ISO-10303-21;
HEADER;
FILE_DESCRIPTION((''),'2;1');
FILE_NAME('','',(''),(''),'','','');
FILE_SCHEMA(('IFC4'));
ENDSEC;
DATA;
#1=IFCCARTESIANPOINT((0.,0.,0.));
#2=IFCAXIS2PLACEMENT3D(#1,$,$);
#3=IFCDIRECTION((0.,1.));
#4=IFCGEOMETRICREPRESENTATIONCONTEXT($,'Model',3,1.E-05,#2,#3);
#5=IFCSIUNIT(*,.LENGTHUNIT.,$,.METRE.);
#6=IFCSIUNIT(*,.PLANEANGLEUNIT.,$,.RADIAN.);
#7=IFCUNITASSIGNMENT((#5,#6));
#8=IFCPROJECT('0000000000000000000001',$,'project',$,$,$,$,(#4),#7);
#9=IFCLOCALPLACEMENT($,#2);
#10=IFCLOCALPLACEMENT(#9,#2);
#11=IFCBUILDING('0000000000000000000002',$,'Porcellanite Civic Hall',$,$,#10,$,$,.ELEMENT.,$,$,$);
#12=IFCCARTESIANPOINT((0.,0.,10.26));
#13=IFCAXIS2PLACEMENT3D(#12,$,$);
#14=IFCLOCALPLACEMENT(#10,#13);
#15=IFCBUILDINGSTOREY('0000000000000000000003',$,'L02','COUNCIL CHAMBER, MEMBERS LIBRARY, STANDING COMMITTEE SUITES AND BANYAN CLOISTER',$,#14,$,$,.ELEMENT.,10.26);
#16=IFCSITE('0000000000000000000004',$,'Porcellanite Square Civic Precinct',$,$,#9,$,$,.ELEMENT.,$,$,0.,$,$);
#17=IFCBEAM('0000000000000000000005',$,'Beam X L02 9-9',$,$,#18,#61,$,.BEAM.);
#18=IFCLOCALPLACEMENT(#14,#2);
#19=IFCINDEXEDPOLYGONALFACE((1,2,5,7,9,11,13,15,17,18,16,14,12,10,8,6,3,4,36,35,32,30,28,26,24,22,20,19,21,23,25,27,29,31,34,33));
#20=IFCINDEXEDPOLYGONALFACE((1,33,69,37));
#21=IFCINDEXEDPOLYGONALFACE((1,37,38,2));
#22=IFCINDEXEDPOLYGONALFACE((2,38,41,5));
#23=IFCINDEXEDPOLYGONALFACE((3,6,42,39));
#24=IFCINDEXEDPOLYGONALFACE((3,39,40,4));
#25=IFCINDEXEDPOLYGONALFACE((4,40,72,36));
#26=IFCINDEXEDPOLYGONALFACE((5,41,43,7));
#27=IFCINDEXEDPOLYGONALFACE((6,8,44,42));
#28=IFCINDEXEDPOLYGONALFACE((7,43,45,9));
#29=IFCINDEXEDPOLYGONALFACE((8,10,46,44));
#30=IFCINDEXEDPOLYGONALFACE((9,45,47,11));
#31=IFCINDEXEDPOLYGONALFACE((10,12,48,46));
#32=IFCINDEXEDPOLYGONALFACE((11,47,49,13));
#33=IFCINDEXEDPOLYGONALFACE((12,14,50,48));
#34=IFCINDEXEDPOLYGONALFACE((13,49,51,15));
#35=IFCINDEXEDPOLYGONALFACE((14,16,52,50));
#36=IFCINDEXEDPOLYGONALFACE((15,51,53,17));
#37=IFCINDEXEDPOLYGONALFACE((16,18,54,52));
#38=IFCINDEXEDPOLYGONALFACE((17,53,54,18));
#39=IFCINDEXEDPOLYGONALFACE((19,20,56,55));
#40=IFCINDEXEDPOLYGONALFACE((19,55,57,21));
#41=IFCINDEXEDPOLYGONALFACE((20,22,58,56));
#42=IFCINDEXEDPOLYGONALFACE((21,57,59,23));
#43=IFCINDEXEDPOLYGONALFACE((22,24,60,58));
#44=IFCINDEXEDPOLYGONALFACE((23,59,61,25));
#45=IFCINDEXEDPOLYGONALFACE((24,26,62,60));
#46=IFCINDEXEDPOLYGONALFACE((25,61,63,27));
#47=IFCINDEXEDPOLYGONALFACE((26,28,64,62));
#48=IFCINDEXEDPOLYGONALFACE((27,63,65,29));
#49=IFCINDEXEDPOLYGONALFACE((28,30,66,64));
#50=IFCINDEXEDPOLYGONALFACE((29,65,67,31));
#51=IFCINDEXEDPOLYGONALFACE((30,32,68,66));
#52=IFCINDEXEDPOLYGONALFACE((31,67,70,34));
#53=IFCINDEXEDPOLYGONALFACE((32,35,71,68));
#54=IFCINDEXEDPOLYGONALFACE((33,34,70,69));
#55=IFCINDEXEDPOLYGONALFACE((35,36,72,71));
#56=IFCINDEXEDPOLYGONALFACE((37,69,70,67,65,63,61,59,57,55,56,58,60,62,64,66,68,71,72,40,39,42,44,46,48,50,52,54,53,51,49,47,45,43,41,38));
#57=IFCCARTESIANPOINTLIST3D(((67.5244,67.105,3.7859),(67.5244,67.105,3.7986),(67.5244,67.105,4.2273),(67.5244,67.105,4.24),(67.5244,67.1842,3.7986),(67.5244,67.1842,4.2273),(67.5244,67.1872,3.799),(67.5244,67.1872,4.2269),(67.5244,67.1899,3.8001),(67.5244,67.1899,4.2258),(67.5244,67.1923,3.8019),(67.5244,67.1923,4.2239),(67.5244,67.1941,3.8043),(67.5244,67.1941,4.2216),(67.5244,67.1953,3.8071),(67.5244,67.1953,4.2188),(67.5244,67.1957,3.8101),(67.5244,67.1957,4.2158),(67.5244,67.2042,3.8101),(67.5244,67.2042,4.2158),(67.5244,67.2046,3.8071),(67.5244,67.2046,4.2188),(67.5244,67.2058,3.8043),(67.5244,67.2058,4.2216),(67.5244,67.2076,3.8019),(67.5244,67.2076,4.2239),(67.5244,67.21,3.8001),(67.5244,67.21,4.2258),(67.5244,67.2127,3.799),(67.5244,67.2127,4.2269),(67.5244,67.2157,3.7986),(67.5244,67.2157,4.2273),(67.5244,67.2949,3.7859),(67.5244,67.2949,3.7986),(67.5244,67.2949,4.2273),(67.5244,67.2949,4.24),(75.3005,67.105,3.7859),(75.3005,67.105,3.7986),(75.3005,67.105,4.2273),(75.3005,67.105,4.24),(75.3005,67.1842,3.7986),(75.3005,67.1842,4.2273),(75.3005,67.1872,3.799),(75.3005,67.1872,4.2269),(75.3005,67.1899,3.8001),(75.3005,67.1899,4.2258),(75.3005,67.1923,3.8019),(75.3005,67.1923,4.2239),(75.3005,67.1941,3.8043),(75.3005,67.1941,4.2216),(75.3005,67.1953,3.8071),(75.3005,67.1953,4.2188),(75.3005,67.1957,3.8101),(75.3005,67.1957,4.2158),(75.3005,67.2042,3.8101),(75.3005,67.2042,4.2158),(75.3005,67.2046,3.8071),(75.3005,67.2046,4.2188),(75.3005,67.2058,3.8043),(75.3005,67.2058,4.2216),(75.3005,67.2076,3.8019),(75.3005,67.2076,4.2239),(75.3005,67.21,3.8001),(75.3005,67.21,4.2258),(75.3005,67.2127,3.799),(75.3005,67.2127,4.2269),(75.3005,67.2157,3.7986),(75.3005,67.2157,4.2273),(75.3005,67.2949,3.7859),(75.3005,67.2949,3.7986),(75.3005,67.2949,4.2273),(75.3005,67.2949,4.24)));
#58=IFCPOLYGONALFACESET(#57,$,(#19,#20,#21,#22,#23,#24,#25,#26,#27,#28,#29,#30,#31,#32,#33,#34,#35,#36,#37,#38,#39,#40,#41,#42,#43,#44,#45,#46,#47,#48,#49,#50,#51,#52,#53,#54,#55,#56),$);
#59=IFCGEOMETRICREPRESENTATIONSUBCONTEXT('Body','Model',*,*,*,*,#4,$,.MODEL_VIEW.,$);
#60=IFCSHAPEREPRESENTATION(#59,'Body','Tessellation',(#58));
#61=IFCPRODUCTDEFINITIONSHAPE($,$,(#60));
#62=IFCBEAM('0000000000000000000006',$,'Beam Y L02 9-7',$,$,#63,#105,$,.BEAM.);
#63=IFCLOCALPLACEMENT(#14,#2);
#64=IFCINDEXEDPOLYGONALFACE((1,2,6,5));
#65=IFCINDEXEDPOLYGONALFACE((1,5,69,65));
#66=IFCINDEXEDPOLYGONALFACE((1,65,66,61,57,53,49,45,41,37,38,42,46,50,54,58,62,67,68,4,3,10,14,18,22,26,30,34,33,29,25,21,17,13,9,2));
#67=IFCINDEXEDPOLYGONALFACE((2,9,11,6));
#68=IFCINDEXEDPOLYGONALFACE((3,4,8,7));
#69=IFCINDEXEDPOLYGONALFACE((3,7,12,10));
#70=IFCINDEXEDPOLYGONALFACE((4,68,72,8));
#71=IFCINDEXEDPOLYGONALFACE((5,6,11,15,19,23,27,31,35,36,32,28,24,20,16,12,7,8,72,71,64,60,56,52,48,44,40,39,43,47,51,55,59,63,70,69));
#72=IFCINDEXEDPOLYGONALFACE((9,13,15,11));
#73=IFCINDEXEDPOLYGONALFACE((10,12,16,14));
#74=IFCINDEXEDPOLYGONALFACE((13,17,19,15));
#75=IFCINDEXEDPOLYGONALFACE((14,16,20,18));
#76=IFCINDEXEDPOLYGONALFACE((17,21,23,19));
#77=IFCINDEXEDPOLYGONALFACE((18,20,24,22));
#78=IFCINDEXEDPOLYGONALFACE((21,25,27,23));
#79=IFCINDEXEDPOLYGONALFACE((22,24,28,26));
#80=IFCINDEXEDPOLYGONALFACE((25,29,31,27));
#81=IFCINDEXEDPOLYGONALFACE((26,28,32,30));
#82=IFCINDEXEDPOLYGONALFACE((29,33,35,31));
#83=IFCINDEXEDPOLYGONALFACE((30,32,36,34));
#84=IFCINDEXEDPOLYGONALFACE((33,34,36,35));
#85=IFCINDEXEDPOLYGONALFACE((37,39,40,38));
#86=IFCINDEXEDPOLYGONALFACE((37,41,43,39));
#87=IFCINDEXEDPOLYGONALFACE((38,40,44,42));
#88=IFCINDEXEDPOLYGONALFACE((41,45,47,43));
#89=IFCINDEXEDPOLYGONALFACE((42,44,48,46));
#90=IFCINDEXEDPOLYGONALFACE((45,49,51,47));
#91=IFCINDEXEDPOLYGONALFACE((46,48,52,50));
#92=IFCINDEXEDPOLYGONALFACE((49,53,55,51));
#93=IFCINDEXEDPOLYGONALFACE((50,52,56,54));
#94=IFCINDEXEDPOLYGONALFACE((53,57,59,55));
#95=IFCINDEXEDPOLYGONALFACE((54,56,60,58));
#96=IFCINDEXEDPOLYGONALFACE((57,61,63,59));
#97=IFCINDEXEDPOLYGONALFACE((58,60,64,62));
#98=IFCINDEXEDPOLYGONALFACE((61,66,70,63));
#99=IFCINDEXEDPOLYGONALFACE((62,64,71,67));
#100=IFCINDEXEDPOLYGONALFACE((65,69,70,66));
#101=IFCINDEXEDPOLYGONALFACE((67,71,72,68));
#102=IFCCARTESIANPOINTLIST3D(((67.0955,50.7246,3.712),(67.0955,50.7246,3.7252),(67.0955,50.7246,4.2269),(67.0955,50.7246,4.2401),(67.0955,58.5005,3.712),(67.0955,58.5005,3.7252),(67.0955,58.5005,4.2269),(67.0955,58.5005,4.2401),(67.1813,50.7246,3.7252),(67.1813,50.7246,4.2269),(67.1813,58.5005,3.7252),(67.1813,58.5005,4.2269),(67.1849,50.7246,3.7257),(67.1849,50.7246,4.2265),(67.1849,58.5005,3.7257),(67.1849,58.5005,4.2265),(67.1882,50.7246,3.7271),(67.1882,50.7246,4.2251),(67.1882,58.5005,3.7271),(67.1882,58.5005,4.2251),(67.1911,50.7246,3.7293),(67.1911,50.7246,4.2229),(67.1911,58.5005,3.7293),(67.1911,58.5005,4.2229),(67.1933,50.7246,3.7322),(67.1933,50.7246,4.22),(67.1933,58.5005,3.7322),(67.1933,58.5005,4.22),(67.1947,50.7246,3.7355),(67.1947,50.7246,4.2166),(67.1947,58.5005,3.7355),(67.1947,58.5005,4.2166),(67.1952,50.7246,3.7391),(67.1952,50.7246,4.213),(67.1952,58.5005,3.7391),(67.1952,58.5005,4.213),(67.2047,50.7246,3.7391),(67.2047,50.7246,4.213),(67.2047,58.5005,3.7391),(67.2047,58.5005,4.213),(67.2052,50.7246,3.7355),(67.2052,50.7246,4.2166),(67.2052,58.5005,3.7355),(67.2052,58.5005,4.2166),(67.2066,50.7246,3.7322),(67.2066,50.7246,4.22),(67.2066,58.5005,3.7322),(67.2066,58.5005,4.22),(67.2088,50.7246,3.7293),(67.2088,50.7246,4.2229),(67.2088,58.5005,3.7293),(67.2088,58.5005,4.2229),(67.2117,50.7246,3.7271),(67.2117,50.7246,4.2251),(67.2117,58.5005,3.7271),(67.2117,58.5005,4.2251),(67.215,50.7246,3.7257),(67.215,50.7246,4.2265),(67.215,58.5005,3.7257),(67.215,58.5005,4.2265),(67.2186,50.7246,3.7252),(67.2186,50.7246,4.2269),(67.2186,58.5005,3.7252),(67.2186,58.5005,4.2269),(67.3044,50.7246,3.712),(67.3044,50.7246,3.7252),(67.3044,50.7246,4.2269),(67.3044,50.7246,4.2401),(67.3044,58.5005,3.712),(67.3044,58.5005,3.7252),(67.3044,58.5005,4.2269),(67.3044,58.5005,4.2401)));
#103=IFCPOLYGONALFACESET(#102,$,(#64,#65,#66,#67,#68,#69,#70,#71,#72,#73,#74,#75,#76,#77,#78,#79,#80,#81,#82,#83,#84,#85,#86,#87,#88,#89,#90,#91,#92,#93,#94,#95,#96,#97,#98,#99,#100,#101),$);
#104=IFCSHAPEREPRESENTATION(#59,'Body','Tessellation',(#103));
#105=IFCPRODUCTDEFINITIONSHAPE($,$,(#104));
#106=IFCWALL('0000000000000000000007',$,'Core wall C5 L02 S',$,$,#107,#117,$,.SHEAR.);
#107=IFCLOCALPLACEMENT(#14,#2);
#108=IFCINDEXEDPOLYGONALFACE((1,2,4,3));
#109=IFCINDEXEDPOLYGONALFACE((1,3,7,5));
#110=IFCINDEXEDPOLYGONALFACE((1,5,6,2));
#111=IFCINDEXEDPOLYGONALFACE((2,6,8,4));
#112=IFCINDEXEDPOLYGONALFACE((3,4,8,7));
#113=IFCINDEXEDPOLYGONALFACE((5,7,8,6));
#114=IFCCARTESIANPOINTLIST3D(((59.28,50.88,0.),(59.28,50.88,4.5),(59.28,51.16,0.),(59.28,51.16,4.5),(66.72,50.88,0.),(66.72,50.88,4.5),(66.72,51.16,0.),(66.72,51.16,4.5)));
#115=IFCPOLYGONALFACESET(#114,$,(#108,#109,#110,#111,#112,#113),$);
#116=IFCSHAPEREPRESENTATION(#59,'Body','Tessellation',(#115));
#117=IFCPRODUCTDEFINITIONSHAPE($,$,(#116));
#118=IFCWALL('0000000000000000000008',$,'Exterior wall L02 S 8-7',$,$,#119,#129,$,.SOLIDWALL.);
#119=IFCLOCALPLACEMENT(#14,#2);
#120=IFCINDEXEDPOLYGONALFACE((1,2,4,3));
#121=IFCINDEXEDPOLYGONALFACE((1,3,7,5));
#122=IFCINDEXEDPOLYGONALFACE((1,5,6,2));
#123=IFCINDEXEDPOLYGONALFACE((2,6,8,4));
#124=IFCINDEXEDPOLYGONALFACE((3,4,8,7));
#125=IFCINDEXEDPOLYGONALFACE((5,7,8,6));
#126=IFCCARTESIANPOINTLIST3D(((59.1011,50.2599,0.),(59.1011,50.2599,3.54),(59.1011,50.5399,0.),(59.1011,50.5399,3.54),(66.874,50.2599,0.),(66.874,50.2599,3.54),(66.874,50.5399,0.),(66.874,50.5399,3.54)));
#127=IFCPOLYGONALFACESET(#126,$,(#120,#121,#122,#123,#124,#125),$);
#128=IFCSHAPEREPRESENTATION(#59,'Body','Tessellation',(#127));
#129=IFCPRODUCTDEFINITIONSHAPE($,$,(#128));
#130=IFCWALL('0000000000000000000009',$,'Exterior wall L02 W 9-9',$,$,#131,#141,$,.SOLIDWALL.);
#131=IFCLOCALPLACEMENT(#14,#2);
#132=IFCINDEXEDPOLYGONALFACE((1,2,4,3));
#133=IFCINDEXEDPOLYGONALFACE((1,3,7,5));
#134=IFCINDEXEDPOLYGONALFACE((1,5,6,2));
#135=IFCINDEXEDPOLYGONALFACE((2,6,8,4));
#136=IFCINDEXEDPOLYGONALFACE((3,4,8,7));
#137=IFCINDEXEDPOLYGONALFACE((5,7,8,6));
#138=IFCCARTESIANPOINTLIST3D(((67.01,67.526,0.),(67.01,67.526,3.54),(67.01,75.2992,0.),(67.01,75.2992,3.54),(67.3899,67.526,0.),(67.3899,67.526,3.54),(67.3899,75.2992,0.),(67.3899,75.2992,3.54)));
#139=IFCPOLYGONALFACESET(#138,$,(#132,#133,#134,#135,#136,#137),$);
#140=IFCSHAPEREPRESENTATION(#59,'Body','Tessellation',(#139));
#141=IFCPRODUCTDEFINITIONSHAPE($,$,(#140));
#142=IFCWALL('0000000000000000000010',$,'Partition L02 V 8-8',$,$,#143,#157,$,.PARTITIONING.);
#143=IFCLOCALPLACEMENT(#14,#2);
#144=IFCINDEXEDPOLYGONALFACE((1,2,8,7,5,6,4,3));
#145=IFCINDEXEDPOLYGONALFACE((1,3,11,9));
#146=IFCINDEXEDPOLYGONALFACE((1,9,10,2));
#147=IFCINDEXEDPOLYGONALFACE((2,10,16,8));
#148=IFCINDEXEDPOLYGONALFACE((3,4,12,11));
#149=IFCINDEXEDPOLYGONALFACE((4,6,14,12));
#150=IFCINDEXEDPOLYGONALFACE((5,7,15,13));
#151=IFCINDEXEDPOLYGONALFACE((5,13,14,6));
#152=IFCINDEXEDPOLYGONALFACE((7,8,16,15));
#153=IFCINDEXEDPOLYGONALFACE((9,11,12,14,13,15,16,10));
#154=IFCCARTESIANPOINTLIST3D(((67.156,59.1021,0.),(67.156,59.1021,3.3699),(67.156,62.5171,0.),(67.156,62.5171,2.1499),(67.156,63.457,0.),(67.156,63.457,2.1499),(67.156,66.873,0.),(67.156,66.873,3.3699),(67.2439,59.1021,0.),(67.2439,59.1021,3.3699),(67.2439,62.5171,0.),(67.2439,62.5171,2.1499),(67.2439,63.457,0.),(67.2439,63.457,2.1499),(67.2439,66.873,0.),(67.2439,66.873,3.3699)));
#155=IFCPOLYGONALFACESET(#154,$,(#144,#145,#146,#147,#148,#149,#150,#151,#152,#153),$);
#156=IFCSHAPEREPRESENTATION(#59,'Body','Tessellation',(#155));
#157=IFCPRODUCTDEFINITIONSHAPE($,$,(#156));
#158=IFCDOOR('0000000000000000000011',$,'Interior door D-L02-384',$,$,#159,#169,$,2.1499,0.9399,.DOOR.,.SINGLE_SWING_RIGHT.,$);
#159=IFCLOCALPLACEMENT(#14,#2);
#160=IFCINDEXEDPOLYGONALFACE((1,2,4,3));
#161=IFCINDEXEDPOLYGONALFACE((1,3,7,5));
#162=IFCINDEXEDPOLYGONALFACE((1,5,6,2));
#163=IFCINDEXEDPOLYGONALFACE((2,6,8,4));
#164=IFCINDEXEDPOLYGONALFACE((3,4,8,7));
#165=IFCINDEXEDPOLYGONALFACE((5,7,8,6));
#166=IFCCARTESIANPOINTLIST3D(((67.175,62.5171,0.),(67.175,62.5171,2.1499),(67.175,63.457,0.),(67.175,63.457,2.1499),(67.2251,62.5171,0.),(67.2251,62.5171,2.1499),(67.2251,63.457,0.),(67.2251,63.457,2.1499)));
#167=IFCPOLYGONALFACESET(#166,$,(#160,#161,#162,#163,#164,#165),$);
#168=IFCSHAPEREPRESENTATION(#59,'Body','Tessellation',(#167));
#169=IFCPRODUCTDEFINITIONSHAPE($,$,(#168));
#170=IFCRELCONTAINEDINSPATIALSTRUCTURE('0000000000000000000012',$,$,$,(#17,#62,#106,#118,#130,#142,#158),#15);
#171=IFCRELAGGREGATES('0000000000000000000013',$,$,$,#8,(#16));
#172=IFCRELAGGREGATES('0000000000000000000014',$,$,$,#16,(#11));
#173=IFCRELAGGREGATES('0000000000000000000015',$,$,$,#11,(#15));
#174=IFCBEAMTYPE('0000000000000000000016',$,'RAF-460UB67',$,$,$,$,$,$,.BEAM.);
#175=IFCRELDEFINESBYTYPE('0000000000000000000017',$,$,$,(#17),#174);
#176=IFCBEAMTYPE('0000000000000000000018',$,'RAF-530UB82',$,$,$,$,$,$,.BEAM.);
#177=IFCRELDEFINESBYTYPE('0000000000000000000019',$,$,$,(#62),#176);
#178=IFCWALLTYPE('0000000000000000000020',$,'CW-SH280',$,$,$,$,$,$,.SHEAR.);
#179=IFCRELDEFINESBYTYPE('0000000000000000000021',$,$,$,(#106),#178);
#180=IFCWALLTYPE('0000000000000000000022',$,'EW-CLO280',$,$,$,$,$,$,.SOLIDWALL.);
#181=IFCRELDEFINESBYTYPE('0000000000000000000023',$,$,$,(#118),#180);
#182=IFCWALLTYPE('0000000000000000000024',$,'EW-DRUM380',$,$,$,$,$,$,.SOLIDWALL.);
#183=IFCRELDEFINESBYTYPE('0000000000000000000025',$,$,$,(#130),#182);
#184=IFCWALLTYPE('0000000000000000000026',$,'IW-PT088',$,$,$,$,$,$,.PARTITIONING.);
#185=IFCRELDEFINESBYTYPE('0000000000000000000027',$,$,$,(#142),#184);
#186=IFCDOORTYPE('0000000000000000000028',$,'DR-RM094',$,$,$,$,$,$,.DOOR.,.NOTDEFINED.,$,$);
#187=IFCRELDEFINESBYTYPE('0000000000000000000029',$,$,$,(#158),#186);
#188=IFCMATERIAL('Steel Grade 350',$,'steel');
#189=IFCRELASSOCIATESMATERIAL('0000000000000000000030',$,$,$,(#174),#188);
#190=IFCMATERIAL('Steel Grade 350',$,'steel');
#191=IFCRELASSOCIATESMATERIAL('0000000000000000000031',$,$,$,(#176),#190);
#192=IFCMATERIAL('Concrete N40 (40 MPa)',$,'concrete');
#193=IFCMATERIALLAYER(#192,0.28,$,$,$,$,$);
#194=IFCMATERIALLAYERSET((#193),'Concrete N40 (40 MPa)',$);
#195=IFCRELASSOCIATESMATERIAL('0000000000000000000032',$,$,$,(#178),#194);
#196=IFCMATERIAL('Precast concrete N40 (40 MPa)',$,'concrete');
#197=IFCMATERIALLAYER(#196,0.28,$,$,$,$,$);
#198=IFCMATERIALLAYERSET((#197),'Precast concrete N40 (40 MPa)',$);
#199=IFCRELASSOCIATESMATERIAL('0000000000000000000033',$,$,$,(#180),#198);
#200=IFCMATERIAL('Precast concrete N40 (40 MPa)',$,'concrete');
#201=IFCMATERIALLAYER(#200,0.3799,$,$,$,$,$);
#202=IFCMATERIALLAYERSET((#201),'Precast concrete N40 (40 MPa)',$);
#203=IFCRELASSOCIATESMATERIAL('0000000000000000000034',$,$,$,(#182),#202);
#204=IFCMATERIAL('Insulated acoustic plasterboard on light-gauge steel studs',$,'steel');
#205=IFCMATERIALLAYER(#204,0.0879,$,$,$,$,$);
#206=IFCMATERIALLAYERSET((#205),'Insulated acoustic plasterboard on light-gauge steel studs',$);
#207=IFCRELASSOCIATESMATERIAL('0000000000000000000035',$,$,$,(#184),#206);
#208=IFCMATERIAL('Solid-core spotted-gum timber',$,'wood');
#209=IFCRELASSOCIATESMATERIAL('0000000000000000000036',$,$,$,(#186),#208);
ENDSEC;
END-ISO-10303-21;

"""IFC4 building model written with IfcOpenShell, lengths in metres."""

from ifc_helpers import new_model, si_unit, direction, frame, frame_2d, origin, origin_2d, place, context, subcontext, project, spatial, rectangle, i_section, extrude, material, layer, layer_set, material_profile, profile_set, type_object, element, fill, save


model = new_model("IFC4")

# Units and contexts
model_context = context("Model", 3, precision=1e-05, world=origin(), true_north=direction((0.0, 1.0)))
body_context = subcontext(model_context, "Body", "Model", "MODEL_VIEW")
ifc_project = project(units=[si_unit("LENGTHUNIT", "METRE"), si_unit("PLANEANGLEUNIT", "RADIAN")], contexts=[model_context])

# Site, building, storey
site_placement = place(None, origin())
site = spatial("IfcSite", under=ifc_project, at=site_placement, Name="Porcellanite Square Civic Precinct", CompositionType="ELEMENT", RefElevation=0.0)
building_placement = place(site_placement, origin())
building = spatial("IfcBuilding", under=site, at=building_placement, Name="Porcellanite Civic Hall", CompositionType="ELEMENT")
storey_placement = place(building_placement, frame((0.0, 0.0, 10.26)))
storey = spatial("IfcBuildingStorey", under=building, at=storey_placement, Name="L02", Description="COUNCIL CHAMBER, MEMBERS LIBRARY, STANDING COMMITTEE SUITES AND BANYAN CLOISTER", CompositionType="ELEMENT", Elevation=10.26)

# Beams
ifc_material_1 = material(Name="Steel Grade 350", Category="steel")
ifc_material_profile_1 = material_profile(ifc_material_1, i_section(OverallWidth=0.1899, OverallDepth=0.4541, WebThickness=0.0085, FlangeThickness=0.0127, FilletRadius=0.0115, at=origin_2d()), Name="460UB67.1")
ifc_profile_set_1 = profile_set([ifc_material_profile_1], Name="Steel Grade 350")
beam_type_1 = type_object("IfcBeamType", Name="RAF-460UB67", PredefinedType="BEAM", material=ifc_profile_set_1)
beam_1_placement = place(storey_placement, frame((67.5244, 67.2, 4.0129), z_axis=(1.0, 0.0, 0.0), x_axis=(0.0, 1.0, 0.0)))
element("IfcBeam", 1, at=beam_1_placement, inside=storey, type_object=beam_type_1, Name="Beam X L02 9-9", PredefinedType="BEAM", context=body_context, shape_type="SweptSolid", body=[
    extrude(i_section(OverallWidth=0.1899, OverallDepth=0.4541, WebThickness=0.0085, FlangeThickness=0.0127, FilletRadius=0.0115, at=origin_2d()), origin(), (0.0, 0.0, 1.0), 7.7761),
])
ifc_material_2 = material(Name="Steel Grade 350", Category="steel")
ifc_material_profile_2 = material_profile(ifc_material_2, i_section(OverallWidth=0.209, OverallDepth=0.5281, WebThickness=0.0095, FlangeThickness=0.0132, FilletRadius=0.0139, at=origin_2d()), Name="530UB82.0")
ifc_profile_set_2 = profile_set([ifc_material_profile_2], Name="Steel Grade 350")
beam_type_2 = type_object("IfcBeamType", Name="RAF-530UB82", PredefinedType="BEAM", material=ifc_profile_set_2)
beam_2_placement = place(storey_placement, frame((67.2, 50.7246, 3.9761), z_axis=(0.0, 1.0, 0.0), x_axis=(-1.0, 0.0, 0.0)))
element("IfcBeam", 2, at=beam_2_placement, inside=storey, type_object=beam_type_2, Name="Beam Y L02 9-7", PredefinedType="BEAM", context=body_context, shape_type="SweptSolid", body=[
    extrude(i_section(OverallWidth=0.209, OverallDepth=0.5281, WebThickness=0.0095, FlangeThickness=0.0132, FilletRadius=0.0139, at=origin_2d()), origin(), (0.0, 0.0, 1.0), 7.7759),
])

# Wall
ifc_material_3 = material(Name="Concrete N40 (40 MPa)", Category="concrete")
ifc_layer_1 = layer(ifc_material_3, 0.28)
ifc_layer_set_1 = layer_set([ifc_layer_1], Name="Concrete N40 (40 MPa)")
wall_type_1 = type_object("IfcWallType", Name="CW-SH280", PredefinedType="SHEAR", material=ifc_layer_set_1)
wall_1_placement = place(storey_placement, frame((66.72, 51.02, 0.0), z_axis=(0.0, 0.0, 1.0), x_axis=(-1.0, 0.0, 0.0)))
element("IfcWall", 3, at=wall_1_placement, inside=storey, type_object=wall_type_1, Name="Core wall C5 L02 S", PredefinedType="SHEAR", context=body_context, shape_type="SweptSolid", body=[
    extrude(rectangle(XDim=7.4399, YDim=0.28, at=frame_2d((3.72, 0.0))), origin(), (0.0, 0.0, 1.0), 4.5),
])

# Walls
ifc_material_4 = material(Name="Precast concrete N40 (40 MPa)", Category="concrete")
ifc_layer_2 = layer(ifc_material_4, 0.28)
ifc_layer_set_2 = layer_set([ifc_layer_2], Name="Precast concrete N40 (40 MPa)")
wall_type_2 = type_object("IfcWallType", Name="EW-CLO280", PredefinedType="SOLIDWALL", material=ifc_layer_set_2)
wall_2_placement = place(storey_placement, frame((66.874, 50.3999, 0.0), z_axis=(0.0, 0.0, 1.0), x_axis=(-1.0, 0.0, 0.0)))
element("IfcWall", 4, at=wall_2_placement, inside=storey, type_object=wall_type_2, Name="Exterior wall L02 S 8-7", PredefinedType="SOLIDWALL", context=body_context, shape_type="SweptSolid", body=[
    extrude(rectangle(XDim=7.7729, YDim=0.28, at=frame_2d((3.8865, 0.0))), origin(), (0.0, 0.0, 1.0), 3.54),
])
ifc_material_5 = material(Name="Precast concrete N40 (40 MPa)", Category="concrete")
ifc_layer_3 = layer(ifc_material_5, 0.3799)
ifc_layer_set_3 = layer_set([ifc_layer_3], Name="Precast concrete N40 (40 MPa)")
wall_type_3 = type_object("IfcWallType", Name="EW-DRUM380", PredefinedType="SOLIDWALL", material=ifc_layer_set_3)
wall_3_placement = place(storey_placement, frame((67.2, 67.5259, 0.0), z_axis=(0.0, 0.0, 1.0), x_axis=(0.0, 1.0, 0.0)))
element("IfcWall", 5, at=wall_3_placement, inside=storey, type_object=wall_type_3, Name="Exterior wall L02 W 9-9", PredefinedType="SOLIDWALL", context=body_context, shape_type="SweptSolid", body=[
    extrude(rectangle(XDim=7.7732, YDim=0.3799, at=frame_2d((3.8867, 0.0))), origin(), (0.0, 0.0, 1.0), 3.54),
])

# Wall, opening, door
ifc_material_6 = material(Name="Insulated acoustic plasterboard on light-gauge steel studs", Category="steel")
ifc_layer_4 = layer(ifc_material_6, 0.0879)
ifc_layer_set_4 = layer_set([ifc_layer_4], Name="Insulated acoustic plasterboard on light-gauge steel studs")
wall_type_4 = type_object("IfcWallType", Name="IW-PT088", PredefinedType="PARTITIONING", material=ifc_layer_set_4)
wall_4_placement = place(storey_placement, frame((67.2, 59.1021, 0.0), z_axis=(0.0, 0.0, 1.0), x_axis=(0.0, 1.0, 0.0)))
wall_4 = element("IfcWall", 6, at=wall_4_placement, inside=storey, type_object=wall_type_4, Name="Partition L02 V 8-8", PredefinedType="PARTITIONING", context=body_context, shape_type="SweptSolid", body=[
    extrude(rectangle(XDim=7.771, YDim=0.0879, at=frame_2d((3.8855, 0.0))), origin(), (0.0, 0.0, 1.0), 3.3699),
])
opening_1_placement = place(wall_4_placement, frame((3.415, 0.0, 0.0)))
opening_1 = element("IfcOpeningElement", 7, at=opening_1_placement, cuts=wall_4, PredefinedType="OPENING", context=body_context, shape_type="SweptSolid", body=[
    extrude(rectangle(XDim=0.9399, YDim=2.1499, at=frame_2d((0.47, 1.075))), frame((0.0, 0.0439, 0.0), z_axis=(0.0, -1.0, 0.0), x_axis=(1.0, 0.0, 0.0)), (0.0, 0.0, 1.0), 0.0879),
])
ifc_material_7 = material(Name="Solid-core spotted-gum timber", Category="wood")
door_type_1 = type_object("IfcDoorType", Name="DR-RM094", OperationType="NOTDEFINED", PredefinedType="DOOR", material=ifc_material_7)
door_1_placement = place(opening_1_placement, origin())
door_1 = element("IfcDoor", 8, at=door_1_placement, inside=storey, type_object=door_type_1, Name="Interior door D-L02-384", OperationType="SINGLE_SWING_RIGHT", OverallHeight=2.1499, OverallWidth=0.9399, PredefinedType="DOOR", context=body_context, shape_type="SweptSolid", body=[
    extrude(rectangle(XDim=0.9399, YDim=2.1499, at=frame_2d((0.47, 1.075))), frame((0.0, 0.0249, 0.0), z_axis=(0.0, -1.0, 0.0), x_axis=(1.0, 0.0, 0.0)), (0.0, 0.0, 1.0), 0.05),
])
fill(opening_1, door_1)

save(model, "model.ifc")
